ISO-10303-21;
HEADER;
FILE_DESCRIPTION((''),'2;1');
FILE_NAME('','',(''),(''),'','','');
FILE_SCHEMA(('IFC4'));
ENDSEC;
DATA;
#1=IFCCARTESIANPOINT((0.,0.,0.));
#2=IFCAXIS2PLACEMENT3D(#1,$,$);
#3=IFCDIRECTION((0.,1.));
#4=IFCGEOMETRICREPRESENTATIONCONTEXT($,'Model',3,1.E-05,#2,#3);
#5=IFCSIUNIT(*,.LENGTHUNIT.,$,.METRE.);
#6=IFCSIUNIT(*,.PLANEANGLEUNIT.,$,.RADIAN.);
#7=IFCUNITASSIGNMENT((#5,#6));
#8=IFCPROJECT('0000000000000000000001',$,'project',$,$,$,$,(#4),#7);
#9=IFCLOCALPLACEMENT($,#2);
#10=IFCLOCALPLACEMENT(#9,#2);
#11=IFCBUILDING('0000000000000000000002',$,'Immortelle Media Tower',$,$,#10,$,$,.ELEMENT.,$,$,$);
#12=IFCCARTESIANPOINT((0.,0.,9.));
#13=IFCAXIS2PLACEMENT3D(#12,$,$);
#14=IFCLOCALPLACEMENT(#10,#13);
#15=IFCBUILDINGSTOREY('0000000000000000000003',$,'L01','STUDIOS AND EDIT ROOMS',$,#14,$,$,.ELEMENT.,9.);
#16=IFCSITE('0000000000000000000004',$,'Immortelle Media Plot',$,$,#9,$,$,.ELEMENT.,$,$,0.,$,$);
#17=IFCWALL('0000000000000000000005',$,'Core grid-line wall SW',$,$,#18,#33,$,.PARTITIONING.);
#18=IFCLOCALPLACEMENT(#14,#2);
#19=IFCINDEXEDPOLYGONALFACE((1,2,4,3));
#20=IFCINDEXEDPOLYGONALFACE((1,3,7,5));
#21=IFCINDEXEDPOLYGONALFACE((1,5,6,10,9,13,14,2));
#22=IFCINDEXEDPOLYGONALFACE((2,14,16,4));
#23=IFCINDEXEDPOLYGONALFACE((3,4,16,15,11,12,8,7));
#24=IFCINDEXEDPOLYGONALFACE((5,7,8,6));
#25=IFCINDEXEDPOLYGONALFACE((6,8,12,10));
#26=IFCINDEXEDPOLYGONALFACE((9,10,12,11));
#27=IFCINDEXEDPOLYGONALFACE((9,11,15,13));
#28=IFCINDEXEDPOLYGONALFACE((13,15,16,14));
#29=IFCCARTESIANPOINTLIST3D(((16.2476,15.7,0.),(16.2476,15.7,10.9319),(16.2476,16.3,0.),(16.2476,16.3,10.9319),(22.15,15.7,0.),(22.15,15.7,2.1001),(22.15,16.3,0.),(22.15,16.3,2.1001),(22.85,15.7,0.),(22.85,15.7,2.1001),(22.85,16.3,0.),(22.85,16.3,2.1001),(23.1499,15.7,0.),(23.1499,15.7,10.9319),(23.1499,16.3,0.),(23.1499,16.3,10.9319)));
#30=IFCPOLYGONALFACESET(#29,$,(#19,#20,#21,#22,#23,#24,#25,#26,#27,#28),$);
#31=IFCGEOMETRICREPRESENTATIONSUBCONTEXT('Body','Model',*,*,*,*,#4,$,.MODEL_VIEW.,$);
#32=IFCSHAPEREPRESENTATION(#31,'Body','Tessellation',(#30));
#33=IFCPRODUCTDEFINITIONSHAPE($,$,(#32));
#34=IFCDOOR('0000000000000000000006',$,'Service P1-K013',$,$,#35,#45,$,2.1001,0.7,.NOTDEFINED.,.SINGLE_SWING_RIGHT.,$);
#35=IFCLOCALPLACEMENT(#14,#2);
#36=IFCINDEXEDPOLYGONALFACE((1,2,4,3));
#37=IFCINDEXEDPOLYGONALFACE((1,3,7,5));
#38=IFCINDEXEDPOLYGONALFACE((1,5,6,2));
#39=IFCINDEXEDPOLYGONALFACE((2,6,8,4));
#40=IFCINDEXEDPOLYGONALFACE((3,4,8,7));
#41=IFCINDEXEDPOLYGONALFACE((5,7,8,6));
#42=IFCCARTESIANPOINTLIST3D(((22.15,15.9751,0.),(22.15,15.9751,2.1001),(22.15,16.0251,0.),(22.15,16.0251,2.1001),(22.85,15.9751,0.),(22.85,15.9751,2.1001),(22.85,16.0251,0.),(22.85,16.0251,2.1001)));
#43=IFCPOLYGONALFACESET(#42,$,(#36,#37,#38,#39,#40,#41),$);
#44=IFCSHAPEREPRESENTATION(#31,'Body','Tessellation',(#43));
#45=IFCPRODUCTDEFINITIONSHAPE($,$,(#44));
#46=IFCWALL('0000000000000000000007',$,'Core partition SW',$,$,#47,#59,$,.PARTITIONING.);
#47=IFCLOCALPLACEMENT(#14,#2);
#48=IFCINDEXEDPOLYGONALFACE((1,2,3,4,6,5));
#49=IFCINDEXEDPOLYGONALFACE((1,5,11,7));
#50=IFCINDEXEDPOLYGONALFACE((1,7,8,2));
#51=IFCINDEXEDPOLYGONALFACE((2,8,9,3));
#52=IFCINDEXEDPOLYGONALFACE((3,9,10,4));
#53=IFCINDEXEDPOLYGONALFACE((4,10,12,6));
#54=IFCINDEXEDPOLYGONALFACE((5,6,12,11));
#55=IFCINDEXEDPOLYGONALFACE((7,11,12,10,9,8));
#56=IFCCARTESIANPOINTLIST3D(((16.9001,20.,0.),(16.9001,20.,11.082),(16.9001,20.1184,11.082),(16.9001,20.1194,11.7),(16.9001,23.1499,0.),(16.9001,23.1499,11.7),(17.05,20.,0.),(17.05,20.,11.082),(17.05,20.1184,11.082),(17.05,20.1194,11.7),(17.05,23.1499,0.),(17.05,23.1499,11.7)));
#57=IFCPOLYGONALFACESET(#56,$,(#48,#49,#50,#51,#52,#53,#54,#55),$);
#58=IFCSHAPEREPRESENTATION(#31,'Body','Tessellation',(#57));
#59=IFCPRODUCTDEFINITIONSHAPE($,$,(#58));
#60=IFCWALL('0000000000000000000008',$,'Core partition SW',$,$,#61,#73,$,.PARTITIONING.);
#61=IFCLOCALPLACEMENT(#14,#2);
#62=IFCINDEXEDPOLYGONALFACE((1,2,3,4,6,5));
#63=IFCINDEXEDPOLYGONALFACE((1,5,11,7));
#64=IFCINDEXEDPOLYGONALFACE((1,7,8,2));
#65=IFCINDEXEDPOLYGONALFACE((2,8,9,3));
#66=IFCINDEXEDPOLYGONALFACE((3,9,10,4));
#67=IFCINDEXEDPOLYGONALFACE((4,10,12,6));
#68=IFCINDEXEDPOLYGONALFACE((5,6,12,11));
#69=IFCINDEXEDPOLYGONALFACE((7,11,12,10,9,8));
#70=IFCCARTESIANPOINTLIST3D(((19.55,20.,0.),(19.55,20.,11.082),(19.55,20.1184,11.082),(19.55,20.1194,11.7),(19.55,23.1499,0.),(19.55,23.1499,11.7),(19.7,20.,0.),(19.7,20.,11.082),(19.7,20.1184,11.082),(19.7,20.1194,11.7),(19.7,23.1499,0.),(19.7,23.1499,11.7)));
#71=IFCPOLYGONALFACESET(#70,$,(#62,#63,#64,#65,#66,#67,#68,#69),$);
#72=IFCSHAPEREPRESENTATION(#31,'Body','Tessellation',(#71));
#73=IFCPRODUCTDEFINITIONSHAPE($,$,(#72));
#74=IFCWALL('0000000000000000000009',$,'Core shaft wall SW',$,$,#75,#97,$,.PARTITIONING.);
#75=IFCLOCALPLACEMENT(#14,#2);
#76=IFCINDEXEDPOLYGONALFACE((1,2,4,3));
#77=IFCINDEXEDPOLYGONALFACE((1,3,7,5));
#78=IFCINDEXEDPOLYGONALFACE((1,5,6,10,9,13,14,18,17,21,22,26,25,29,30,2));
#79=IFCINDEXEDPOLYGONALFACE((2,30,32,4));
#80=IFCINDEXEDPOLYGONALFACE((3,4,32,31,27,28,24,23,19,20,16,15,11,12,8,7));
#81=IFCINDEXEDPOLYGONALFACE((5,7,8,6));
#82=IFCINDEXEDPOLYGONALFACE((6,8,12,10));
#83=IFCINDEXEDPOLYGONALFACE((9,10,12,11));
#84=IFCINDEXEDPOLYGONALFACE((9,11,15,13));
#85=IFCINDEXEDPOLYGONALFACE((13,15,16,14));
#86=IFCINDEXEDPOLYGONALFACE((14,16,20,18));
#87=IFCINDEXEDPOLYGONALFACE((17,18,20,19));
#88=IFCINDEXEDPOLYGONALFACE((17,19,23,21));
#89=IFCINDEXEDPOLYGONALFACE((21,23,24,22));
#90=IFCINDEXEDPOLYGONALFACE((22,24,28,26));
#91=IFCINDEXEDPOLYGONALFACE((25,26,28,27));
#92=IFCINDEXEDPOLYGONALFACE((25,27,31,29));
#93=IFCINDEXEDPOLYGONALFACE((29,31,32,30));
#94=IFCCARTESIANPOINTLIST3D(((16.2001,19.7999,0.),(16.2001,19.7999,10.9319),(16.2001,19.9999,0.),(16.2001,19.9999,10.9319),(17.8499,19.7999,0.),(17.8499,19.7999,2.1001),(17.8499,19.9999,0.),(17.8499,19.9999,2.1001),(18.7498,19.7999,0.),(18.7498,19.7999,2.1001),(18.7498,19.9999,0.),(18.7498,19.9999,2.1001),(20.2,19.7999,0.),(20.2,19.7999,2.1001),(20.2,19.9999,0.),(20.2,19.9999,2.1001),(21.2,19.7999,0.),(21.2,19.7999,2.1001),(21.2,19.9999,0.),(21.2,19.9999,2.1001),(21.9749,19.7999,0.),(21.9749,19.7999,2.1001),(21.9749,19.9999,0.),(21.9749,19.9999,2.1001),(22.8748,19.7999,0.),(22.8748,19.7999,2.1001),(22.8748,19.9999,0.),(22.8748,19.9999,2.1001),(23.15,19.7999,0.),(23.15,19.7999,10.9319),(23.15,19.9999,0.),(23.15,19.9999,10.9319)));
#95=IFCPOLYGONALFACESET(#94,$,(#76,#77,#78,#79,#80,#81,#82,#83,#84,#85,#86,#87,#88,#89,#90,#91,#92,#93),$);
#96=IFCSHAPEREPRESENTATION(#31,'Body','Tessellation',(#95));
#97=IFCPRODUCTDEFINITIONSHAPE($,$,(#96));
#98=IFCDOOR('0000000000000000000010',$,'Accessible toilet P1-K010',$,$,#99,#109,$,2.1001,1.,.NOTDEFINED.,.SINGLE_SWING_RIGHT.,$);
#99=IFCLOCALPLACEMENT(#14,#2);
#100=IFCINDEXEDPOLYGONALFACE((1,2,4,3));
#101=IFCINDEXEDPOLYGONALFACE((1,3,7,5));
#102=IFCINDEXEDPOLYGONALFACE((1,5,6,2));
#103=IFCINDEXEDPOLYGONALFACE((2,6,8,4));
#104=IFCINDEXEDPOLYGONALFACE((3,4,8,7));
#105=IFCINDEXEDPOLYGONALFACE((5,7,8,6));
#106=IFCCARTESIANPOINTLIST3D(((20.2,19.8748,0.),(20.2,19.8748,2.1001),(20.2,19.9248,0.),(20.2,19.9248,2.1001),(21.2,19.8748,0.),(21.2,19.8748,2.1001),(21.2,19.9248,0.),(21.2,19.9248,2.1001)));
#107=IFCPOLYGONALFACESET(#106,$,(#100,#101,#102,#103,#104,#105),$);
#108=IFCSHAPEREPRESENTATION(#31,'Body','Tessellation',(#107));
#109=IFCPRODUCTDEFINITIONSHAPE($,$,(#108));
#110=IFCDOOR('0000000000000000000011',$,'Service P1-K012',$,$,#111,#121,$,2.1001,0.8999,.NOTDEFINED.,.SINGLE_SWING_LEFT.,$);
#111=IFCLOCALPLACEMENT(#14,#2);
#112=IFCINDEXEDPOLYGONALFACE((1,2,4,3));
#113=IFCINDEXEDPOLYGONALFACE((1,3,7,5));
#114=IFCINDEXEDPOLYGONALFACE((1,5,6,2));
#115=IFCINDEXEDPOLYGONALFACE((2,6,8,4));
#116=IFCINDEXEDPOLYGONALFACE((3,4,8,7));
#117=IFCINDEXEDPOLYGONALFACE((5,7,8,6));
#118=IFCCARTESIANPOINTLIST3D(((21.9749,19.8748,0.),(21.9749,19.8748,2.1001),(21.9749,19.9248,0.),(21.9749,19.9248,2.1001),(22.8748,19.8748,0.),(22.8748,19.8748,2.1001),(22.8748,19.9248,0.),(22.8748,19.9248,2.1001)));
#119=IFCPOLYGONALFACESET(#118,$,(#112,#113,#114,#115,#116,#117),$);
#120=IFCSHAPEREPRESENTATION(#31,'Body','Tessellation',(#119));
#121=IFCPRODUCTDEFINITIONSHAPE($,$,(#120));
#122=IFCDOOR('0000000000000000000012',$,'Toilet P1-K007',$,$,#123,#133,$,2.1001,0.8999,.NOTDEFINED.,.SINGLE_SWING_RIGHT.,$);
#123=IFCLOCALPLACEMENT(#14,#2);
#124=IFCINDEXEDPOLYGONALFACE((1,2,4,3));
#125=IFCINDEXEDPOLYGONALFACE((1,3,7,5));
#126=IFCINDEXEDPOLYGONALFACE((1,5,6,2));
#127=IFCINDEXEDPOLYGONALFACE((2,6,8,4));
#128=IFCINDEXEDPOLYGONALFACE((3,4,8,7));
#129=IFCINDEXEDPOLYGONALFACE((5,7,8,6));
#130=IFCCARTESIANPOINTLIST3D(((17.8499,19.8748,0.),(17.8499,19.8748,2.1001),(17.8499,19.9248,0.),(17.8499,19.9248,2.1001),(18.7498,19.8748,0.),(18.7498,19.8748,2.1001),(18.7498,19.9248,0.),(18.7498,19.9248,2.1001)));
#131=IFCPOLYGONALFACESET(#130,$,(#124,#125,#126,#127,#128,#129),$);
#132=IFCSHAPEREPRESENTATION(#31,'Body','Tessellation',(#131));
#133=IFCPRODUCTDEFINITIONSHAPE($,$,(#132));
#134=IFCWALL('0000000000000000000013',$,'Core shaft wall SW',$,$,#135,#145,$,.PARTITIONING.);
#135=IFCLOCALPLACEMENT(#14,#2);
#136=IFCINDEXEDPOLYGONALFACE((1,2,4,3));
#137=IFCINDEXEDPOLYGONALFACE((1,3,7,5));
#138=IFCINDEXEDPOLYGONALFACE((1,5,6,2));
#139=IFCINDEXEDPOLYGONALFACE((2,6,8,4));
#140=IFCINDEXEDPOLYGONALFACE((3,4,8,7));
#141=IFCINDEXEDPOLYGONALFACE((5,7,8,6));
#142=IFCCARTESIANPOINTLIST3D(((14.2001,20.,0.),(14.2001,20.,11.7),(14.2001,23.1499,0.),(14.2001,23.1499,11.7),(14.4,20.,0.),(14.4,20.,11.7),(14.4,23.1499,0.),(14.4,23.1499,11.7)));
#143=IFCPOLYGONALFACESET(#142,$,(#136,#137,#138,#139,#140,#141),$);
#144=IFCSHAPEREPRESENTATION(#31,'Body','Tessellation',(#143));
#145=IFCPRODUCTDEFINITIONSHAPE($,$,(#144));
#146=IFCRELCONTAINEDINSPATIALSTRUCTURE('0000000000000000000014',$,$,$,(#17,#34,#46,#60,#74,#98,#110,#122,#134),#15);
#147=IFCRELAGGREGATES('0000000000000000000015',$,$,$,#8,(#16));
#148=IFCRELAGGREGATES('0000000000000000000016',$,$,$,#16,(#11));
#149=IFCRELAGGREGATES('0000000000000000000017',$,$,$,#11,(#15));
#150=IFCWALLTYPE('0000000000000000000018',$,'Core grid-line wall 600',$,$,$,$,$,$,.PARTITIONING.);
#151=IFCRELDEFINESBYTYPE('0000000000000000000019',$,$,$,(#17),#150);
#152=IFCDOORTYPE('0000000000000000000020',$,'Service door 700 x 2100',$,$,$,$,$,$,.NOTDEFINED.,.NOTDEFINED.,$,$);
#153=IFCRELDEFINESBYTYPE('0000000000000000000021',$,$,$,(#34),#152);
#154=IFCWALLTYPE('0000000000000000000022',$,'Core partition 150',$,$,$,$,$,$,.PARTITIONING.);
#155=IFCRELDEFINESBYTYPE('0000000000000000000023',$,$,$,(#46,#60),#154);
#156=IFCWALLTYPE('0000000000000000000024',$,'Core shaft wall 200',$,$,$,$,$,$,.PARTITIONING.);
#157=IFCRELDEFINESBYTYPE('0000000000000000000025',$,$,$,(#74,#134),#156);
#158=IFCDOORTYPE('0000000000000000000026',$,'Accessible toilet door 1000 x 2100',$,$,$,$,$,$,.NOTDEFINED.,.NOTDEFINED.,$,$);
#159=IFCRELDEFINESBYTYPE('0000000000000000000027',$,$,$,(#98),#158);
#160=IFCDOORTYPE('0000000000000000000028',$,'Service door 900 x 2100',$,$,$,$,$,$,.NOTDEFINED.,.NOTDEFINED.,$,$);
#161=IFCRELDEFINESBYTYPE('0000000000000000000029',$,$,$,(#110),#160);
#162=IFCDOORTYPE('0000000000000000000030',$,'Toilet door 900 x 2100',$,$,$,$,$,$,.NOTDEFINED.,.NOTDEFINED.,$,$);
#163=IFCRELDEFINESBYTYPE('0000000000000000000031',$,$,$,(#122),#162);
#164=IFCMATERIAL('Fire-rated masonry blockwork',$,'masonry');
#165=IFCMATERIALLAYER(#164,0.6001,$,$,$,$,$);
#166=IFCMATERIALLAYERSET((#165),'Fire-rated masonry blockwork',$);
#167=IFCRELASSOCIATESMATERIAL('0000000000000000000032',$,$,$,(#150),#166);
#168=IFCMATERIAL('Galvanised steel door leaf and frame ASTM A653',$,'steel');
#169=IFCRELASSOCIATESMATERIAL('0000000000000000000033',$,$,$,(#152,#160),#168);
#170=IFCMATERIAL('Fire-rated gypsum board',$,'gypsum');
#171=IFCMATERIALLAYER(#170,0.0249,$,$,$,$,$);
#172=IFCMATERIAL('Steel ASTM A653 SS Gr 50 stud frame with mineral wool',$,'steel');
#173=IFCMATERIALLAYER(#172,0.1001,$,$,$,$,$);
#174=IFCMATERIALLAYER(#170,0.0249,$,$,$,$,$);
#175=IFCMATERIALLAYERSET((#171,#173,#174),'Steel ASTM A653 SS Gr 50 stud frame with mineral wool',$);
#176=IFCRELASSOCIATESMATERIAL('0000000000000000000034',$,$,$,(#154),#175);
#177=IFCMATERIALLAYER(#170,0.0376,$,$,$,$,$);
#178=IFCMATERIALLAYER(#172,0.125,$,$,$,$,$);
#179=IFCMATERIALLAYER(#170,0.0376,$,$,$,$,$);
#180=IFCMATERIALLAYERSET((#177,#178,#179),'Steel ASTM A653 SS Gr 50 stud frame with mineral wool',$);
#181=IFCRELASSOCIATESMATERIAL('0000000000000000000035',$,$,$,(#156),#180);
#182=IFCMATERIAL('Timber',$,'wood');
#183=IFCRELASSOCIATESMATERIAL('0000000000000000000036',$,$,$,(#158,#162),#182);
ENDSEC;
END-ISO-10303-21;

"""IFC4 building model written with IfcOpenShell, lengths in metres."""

from ifc_helpers import new_model, si_unit, direction, frame, frame_2d, origin, place, context, subcontext, project, spatial, polyline, rectangle, outline, extrude, material, layer, layer_set, type_object, element, fill, save


model = new_model("IFC4")

# Units and contexts
model_context = context("Model", 3, precision=1e-05, world=origin(), true_north=direction((0.0, 1.0)))
body_context = subcontext(model_context, "Body", "Model", "MODEL_VIEW")
ifc_project = project(units=[si_unit("LENGTHUNIT", "METRE"), si_unit("PLANEANGLEUNIT", "RADIAN")], contexts=[model_context])

# Site, building, storey
site_placement = place(None, origin())
site = spatial("IfcSite", under=ifc_project, at=site_placement, Name="Immortelle Media Plot", CompositionType="ELEMENT", RefElevation=0.0)
building_placement = place(site_placement, origin())
building = spatial("IfcBuilding", under=site, at=building_placement, Name="Immortelle Media Tower", CompositionType="ELEMENT")
storey_placement = place(building_placement, frame((0.0, 0.0, 9.0)))
storey = spatial("IfcBuildingStorey", under=building, at=storey_placement, Name="L01", Description="STUDIOS AND EDIT ROOMS", CompositionType="ELEMENT", Elevation=9.0)

# Wall, opening, door
ifc_material_1 = material(Name="Fire-rated masonry blockwork", Category="masonry")
ifc_layer_1 = layer(ifc_material_1, 0.6001)
ifc_layer_set_1 = layer_set([ifc_layer_1], Name="Fire-rated masonry blockwork")
wall_type_1 = type_object("IfcWallType", Name="Core grid-line wall 600", PredefinedType="PARTITIONING", material=ifc_layer_set_1)
wall_1_placement = place(storey_placement, frame((16.2476, 16.0, 0.0), z_axis=(0.0, 0.0, 1.0), x_axis=(1.0, 0.0, 0.0)))
wall_1 = element("IfcWall", 1, at=wall_1_placement, inside=storey, type_object=wall_type_1, Name="Core grid-line wall SW", PredefinedType="PARTITIONING", context=body_context, shape_type="SweptSolid", body=[
    extrude(rectangle(XDim=6.9023, YDim=0.6001, at=frame_2d((3.4512, 0.0))), origin(), (0.0, 0.0, 1.0), 10.9319),
])
opening_1_placement = place(wall_1_placement, frame((6.6025, 0.0, 0.0), z_axis=(0.0, 0.0, 1.0), x_axis=(-1.0, 0.0, 0.0)))
opening_1 = element("IfcOpeningElement", 2, at=opening_1_placement, cuts=wall_1, PredefinedType="OPENING", context=body_context, shape_type="SweptSolid", body=[
    extrude(rectangle(XDim=0.7, YDim=2.1001, at=frame_2d((0.3501, 1.05))), frame((0.0, 0.3101, 0.0), z_axis=(0.0, -1.0, 0.0), x_axis=(1.0, 0.0, 0.0)), (0.0, 0.0, 1.0), 0.6201),
])
ifc_material_2 = material(Name="Galvanised steel door leaf and frame ASTM A653", Category="steel")
door_type_1 = type_object("IfcDoorType", Name="Service door 700 x 2100", OperationType="NOTDEFINED", PredefinedType="NOTDEFINED", material=ifc_material_2)
door_1_placement = place(opening_1_placement, origin())
door_1 = element("IfcDoor", 3, at=door_1_placement, inside=storey, type_object=door_type_1, Name="Service P1-K013", OperationType="SINGLE_SWING_RIGHT", OverallHeight=2.1001, OverallWidth=0.7, PredefinedType="NOTDEFINED", context=body_context, shape_type="SweptSolid", body=[
    extrude(rectangle(XDim=0.7, YDim=2.1001, at=frame_2d((0.3501, 1.05))), frame((0.0, 0.0249, 0.0), z_axis=(0.0, -1.0, 0.0), x_axis=(1.0, 0.0, 0.0)), (0.0, 0.0, 1.0), 0.05),
])
fill(opening_1, door_1)

# Walls
ifc_material_3 = material(Name="Fire-rated gypsum board", Category="gypsum")
ifc_layer_2 = layer(ifc_material_3, 0.0249)
ifc_material_4 = material(Name="Steel ASTM A653 SS Gr 50 stud frame with mineral wool", Category="steel")
ifc_layer_3 = layer(ifc_material_4, 0.1001)
ifc_layer_4 = layer(ifc_material_3, 0.0249)
ifc_layer_set_2 = layer_set([ifc_layer_2, ifc_layer_3, ifc_layer_4], Name="Steel ASTM A653 SS Gr 50 stud frame with mineral wool")
wall_type_2 = type_object("IfcWallType", Name="Core partition 150", PredefinedType="PARTITIONING", material=ifc_layer_set_2)
for number, where, z_axis, x_axis, name in (
    (4, (16.9751, 20.0, 0.0), (0.0, 0.0, 1.0), (0.0, 1.0, 0.0), "Core partition SW"),
    (5, (19.625, 20.0, 0.0), (0.0, 0.0, 1.0), (0.0, 1.0, 0.0), "Core partition SW"),
):
    element("IfcWall", number, at=place(storey_placement, frame(where, z_axis=z_axis, x_axis=x_axis)), inside=storey, type_object=wall_type_2, Name=name, PredefinedType="PARTITIONING", context=body_context, shape_type="SweptSolid", body=[
        extrude(outline(polyline([(0.0, 0.0), (3.1499, 0.0), (3.1499, 11.7), (0.1194, 11.7), (0.1184, 11.082), (0.0, 11.082), (0.0, 0.0)])), frame((0.0, 0.075, 0.0), z_axis=(0.0, -1.0, 0.0), x_axis=(1.0, 0.0, 0.0)), (0.0, 0.0, 1.0), 0.1499),
    ])

# Wall, openings, doors
ifc_layer_5 = layer(ifc_material_3, 0.0376)
ifc_layer_6 = layer(ifc_material_4, 0.125)
ifc_layer_7 = layer(ifc_material_3, 0.0376)
ifc_layer_set_3 = layer_set([ifc_layer_5, ifc_layer_6, ifc_layer_7], Name="Steel ASTM A653 SS Gr 50 stud frame with mineral wool")
wall_type_3 = type_object("IfcWallType", Name="Core shaft wall 200", PredefinedType="PARTITIONING", material=ifc_layer_set_3)
wall_2_placement = place(storey_placement, frame((16.2, 19.8999, 0.0), z_axis=(0.0, 0.0, 1.0), x_axis=(1.0, 0.0, 0.0)))
wall_2 = element("IfcWall", 6, at=wall_2_placement, inside=storey, type_object=wall_type_3, Name="Core shaft wall SW", PredefinedType="PARTITIONING", context=body_context, shape_type="SweptSolid", body=[
    extrude(rectangle(XDim=6.95, YDim=0.2, at=frame_2d((3.4751, 0.0))), origin(), (0.0, 0.0, 1.0), 10.9319),
])
opening_2_placement = place(wall_2_placement, frame((1.6499, 0.0, 0.0)))
opening_2 = element("IfcOpeningElement", 7, at=opening_2_placement, cuts=wall_2, PredefinedType="OPENING", context=body_context, shape_type="SweptSolid", body=[
    extrude(rectangle(XDim=0.8999, YDim=2.1001, at=frame_2d((0.45, 1.05))), frame((0.0, 0.1099, 0.0), z_axis=(0.0, -1.0, 0.0), x_axis=(1.0, 0.0, 0.0)), (0.0, 0.0, 1.0), 0.22),
])
opening_3_placement = place(wall_2_placement, frame((4.0, 0.0, 0.0)))
opening_3 = element("IfcOpeningElement", 8, at=opening_3_placement, cuts=wall_2, PredefinedType="OPENING", context=body_context, shape_type="SweptSolid", body=[
    extrude(rectangle(XDim=1.0, YDim=2.1001, at=frame_2d((0.5, 1.05))), frame((0.0, 0.1099, 0.0), z_axis=(0.0, -1.0, 0.0), x_axis=(1.0, 0.0, 0.0)), (0.0, 0.0, 1.0), 0.22),
])
opening_4_placement = place(wall_2_placement, frame((5.7749, 0.0, 0.0)))
opening_4 = element("IfcOpeningElement", 9, at=opening_4_placement, cuts=wall_2, PredefinedType="OPENING", context=body_context, shape_type="SweptSolid", body=[
    extrude(rectangle(XDim=0.8999, YDim=2.1001, at=frame_2d((0.45, 1.05))), frame((0.0, 0.1099, 0.0), z_axis=(0.0, -1.0, 0.0), x_axis=(1.0, 0.0, 0.0)), (0.0, 0.0, 1.0), 0.22),
])
ifc_material_5 = material(Name="Timber", Category="wood")
door_type_2 = type_object("IfcDoorType", Name="Accessible toilet door 1000 x 2100", OperationType="NOTDEFINED", PredefinedType="NOTDEFINED", material=ifc_material_5)
door_2_placement = place(opening_3_placement, origin())
door_2 = element("IfcDoor", 10, at=door_2_placement, inside=storey, type_object=door_type_2, Name="Accessible toilet P1-K010", OperationType="SINGLE_SWING_RIGHT", OverallHeight=2.1001, OverallWidth=1.0, PredefinedType="NOTDEFINED", context=body_context, shape_type="SweptSolid", body=[
    extrude(rectangle(XDim=1.0, YDim=2.1001, at=frame_2d((0.5, 1.05))), frame((0.0, 0.0249, 0.0), z_axis=(0.0, -1.0, 0.0), x_axis=(1.0, 0.0, 0.0)), (0.0, 0.0, 1.0), 0.05),
])
fill(opening_3, door_2)
door_type_3 = type_object("IfcDoorType", Name="Service door 900 x 2100", OperationType="NOTDEFINED", PredefinedType="NOTDEFINED", material=ifc_material_2)
door_3_placement = place(opening_4_placement, origin())
door_3 = element("IfcDoor", 11, at=door_3_placement, inside=storey, type_object=door_type_3, Name="Service P1-K012", OperationType="SINGLE_SWING_LEFT", OverallHeight=2.1001, OverallWidth=0.8999, PredefinedType="NOTDEFINED", context=body_context, shape_type="SweptSolid", body=[
    extrude(rectangle(XDim=0.8999, YDim=2.1001, at=frame_2d((0.45, 1.05))), frame((0.0, 0.0249, 0.0), z_axis=(0.0, -1.0, 0.0), x_axis=(1.0, 0.0, 0.0)), (0.0, 0.0, 1.0), 0.05),
])
fill(opening_4, door_3)
door_type_4 = type_object("IfcDoorType", Name="Toilet door 900 x 2100", OperationType="NOTDEFINED", PredefinedType="NOTDEFINED", material=ifc_material_5)
door_4_placement = place(opening_2_placement, origin())
door_4 = element("IfcDoor", 12, at=door_4_placement, inside=storey, type_object=door_type_4, Name="Toilet P1-K007", OperationType="SINGLE_SWING_RIGHT", OverallHeight=2.1001, OverallWidth=0.8999, PredefinedType="NOTDEFINED", context=body_context, shape_type="SweptSolid", body=[
    extrude(rectangle(XDim=0.8999, YDim=2.1001, at=frame_2d((0.45, 1.05))), frame((0.0, 0.0249, 0.0), z_axis=(0.0, -1.0, 0.0), x_axis=(1.0, 0.0, 0.0)), (0.0, 0.0, 1.0), 0.05),
])
fill(opening_2, door_4)

# Wall
wall_3_placement = place(storey_placement, frame((14.3, 20.0, 0.0), z_axis=(0.0, 0.0, 1.0), x_axis=(0.0, 1.0, 0.0)))
element("IfcWall", 13, at=wall_3_placement, inside=storey, type_object=wall_type_3, Name="Core shaft wall SW", PredefinedType="PARTITIONING", context=body_context, shape_type="SweptSolid", body=[
    extrude(rectangle(XDim=3.1499, YDim=0.2, at=frame_2d((1.575, 0.0))), origin(), (0.0, 0.0, 1.0), 11.7),
])

save(model, "model.ifc")
